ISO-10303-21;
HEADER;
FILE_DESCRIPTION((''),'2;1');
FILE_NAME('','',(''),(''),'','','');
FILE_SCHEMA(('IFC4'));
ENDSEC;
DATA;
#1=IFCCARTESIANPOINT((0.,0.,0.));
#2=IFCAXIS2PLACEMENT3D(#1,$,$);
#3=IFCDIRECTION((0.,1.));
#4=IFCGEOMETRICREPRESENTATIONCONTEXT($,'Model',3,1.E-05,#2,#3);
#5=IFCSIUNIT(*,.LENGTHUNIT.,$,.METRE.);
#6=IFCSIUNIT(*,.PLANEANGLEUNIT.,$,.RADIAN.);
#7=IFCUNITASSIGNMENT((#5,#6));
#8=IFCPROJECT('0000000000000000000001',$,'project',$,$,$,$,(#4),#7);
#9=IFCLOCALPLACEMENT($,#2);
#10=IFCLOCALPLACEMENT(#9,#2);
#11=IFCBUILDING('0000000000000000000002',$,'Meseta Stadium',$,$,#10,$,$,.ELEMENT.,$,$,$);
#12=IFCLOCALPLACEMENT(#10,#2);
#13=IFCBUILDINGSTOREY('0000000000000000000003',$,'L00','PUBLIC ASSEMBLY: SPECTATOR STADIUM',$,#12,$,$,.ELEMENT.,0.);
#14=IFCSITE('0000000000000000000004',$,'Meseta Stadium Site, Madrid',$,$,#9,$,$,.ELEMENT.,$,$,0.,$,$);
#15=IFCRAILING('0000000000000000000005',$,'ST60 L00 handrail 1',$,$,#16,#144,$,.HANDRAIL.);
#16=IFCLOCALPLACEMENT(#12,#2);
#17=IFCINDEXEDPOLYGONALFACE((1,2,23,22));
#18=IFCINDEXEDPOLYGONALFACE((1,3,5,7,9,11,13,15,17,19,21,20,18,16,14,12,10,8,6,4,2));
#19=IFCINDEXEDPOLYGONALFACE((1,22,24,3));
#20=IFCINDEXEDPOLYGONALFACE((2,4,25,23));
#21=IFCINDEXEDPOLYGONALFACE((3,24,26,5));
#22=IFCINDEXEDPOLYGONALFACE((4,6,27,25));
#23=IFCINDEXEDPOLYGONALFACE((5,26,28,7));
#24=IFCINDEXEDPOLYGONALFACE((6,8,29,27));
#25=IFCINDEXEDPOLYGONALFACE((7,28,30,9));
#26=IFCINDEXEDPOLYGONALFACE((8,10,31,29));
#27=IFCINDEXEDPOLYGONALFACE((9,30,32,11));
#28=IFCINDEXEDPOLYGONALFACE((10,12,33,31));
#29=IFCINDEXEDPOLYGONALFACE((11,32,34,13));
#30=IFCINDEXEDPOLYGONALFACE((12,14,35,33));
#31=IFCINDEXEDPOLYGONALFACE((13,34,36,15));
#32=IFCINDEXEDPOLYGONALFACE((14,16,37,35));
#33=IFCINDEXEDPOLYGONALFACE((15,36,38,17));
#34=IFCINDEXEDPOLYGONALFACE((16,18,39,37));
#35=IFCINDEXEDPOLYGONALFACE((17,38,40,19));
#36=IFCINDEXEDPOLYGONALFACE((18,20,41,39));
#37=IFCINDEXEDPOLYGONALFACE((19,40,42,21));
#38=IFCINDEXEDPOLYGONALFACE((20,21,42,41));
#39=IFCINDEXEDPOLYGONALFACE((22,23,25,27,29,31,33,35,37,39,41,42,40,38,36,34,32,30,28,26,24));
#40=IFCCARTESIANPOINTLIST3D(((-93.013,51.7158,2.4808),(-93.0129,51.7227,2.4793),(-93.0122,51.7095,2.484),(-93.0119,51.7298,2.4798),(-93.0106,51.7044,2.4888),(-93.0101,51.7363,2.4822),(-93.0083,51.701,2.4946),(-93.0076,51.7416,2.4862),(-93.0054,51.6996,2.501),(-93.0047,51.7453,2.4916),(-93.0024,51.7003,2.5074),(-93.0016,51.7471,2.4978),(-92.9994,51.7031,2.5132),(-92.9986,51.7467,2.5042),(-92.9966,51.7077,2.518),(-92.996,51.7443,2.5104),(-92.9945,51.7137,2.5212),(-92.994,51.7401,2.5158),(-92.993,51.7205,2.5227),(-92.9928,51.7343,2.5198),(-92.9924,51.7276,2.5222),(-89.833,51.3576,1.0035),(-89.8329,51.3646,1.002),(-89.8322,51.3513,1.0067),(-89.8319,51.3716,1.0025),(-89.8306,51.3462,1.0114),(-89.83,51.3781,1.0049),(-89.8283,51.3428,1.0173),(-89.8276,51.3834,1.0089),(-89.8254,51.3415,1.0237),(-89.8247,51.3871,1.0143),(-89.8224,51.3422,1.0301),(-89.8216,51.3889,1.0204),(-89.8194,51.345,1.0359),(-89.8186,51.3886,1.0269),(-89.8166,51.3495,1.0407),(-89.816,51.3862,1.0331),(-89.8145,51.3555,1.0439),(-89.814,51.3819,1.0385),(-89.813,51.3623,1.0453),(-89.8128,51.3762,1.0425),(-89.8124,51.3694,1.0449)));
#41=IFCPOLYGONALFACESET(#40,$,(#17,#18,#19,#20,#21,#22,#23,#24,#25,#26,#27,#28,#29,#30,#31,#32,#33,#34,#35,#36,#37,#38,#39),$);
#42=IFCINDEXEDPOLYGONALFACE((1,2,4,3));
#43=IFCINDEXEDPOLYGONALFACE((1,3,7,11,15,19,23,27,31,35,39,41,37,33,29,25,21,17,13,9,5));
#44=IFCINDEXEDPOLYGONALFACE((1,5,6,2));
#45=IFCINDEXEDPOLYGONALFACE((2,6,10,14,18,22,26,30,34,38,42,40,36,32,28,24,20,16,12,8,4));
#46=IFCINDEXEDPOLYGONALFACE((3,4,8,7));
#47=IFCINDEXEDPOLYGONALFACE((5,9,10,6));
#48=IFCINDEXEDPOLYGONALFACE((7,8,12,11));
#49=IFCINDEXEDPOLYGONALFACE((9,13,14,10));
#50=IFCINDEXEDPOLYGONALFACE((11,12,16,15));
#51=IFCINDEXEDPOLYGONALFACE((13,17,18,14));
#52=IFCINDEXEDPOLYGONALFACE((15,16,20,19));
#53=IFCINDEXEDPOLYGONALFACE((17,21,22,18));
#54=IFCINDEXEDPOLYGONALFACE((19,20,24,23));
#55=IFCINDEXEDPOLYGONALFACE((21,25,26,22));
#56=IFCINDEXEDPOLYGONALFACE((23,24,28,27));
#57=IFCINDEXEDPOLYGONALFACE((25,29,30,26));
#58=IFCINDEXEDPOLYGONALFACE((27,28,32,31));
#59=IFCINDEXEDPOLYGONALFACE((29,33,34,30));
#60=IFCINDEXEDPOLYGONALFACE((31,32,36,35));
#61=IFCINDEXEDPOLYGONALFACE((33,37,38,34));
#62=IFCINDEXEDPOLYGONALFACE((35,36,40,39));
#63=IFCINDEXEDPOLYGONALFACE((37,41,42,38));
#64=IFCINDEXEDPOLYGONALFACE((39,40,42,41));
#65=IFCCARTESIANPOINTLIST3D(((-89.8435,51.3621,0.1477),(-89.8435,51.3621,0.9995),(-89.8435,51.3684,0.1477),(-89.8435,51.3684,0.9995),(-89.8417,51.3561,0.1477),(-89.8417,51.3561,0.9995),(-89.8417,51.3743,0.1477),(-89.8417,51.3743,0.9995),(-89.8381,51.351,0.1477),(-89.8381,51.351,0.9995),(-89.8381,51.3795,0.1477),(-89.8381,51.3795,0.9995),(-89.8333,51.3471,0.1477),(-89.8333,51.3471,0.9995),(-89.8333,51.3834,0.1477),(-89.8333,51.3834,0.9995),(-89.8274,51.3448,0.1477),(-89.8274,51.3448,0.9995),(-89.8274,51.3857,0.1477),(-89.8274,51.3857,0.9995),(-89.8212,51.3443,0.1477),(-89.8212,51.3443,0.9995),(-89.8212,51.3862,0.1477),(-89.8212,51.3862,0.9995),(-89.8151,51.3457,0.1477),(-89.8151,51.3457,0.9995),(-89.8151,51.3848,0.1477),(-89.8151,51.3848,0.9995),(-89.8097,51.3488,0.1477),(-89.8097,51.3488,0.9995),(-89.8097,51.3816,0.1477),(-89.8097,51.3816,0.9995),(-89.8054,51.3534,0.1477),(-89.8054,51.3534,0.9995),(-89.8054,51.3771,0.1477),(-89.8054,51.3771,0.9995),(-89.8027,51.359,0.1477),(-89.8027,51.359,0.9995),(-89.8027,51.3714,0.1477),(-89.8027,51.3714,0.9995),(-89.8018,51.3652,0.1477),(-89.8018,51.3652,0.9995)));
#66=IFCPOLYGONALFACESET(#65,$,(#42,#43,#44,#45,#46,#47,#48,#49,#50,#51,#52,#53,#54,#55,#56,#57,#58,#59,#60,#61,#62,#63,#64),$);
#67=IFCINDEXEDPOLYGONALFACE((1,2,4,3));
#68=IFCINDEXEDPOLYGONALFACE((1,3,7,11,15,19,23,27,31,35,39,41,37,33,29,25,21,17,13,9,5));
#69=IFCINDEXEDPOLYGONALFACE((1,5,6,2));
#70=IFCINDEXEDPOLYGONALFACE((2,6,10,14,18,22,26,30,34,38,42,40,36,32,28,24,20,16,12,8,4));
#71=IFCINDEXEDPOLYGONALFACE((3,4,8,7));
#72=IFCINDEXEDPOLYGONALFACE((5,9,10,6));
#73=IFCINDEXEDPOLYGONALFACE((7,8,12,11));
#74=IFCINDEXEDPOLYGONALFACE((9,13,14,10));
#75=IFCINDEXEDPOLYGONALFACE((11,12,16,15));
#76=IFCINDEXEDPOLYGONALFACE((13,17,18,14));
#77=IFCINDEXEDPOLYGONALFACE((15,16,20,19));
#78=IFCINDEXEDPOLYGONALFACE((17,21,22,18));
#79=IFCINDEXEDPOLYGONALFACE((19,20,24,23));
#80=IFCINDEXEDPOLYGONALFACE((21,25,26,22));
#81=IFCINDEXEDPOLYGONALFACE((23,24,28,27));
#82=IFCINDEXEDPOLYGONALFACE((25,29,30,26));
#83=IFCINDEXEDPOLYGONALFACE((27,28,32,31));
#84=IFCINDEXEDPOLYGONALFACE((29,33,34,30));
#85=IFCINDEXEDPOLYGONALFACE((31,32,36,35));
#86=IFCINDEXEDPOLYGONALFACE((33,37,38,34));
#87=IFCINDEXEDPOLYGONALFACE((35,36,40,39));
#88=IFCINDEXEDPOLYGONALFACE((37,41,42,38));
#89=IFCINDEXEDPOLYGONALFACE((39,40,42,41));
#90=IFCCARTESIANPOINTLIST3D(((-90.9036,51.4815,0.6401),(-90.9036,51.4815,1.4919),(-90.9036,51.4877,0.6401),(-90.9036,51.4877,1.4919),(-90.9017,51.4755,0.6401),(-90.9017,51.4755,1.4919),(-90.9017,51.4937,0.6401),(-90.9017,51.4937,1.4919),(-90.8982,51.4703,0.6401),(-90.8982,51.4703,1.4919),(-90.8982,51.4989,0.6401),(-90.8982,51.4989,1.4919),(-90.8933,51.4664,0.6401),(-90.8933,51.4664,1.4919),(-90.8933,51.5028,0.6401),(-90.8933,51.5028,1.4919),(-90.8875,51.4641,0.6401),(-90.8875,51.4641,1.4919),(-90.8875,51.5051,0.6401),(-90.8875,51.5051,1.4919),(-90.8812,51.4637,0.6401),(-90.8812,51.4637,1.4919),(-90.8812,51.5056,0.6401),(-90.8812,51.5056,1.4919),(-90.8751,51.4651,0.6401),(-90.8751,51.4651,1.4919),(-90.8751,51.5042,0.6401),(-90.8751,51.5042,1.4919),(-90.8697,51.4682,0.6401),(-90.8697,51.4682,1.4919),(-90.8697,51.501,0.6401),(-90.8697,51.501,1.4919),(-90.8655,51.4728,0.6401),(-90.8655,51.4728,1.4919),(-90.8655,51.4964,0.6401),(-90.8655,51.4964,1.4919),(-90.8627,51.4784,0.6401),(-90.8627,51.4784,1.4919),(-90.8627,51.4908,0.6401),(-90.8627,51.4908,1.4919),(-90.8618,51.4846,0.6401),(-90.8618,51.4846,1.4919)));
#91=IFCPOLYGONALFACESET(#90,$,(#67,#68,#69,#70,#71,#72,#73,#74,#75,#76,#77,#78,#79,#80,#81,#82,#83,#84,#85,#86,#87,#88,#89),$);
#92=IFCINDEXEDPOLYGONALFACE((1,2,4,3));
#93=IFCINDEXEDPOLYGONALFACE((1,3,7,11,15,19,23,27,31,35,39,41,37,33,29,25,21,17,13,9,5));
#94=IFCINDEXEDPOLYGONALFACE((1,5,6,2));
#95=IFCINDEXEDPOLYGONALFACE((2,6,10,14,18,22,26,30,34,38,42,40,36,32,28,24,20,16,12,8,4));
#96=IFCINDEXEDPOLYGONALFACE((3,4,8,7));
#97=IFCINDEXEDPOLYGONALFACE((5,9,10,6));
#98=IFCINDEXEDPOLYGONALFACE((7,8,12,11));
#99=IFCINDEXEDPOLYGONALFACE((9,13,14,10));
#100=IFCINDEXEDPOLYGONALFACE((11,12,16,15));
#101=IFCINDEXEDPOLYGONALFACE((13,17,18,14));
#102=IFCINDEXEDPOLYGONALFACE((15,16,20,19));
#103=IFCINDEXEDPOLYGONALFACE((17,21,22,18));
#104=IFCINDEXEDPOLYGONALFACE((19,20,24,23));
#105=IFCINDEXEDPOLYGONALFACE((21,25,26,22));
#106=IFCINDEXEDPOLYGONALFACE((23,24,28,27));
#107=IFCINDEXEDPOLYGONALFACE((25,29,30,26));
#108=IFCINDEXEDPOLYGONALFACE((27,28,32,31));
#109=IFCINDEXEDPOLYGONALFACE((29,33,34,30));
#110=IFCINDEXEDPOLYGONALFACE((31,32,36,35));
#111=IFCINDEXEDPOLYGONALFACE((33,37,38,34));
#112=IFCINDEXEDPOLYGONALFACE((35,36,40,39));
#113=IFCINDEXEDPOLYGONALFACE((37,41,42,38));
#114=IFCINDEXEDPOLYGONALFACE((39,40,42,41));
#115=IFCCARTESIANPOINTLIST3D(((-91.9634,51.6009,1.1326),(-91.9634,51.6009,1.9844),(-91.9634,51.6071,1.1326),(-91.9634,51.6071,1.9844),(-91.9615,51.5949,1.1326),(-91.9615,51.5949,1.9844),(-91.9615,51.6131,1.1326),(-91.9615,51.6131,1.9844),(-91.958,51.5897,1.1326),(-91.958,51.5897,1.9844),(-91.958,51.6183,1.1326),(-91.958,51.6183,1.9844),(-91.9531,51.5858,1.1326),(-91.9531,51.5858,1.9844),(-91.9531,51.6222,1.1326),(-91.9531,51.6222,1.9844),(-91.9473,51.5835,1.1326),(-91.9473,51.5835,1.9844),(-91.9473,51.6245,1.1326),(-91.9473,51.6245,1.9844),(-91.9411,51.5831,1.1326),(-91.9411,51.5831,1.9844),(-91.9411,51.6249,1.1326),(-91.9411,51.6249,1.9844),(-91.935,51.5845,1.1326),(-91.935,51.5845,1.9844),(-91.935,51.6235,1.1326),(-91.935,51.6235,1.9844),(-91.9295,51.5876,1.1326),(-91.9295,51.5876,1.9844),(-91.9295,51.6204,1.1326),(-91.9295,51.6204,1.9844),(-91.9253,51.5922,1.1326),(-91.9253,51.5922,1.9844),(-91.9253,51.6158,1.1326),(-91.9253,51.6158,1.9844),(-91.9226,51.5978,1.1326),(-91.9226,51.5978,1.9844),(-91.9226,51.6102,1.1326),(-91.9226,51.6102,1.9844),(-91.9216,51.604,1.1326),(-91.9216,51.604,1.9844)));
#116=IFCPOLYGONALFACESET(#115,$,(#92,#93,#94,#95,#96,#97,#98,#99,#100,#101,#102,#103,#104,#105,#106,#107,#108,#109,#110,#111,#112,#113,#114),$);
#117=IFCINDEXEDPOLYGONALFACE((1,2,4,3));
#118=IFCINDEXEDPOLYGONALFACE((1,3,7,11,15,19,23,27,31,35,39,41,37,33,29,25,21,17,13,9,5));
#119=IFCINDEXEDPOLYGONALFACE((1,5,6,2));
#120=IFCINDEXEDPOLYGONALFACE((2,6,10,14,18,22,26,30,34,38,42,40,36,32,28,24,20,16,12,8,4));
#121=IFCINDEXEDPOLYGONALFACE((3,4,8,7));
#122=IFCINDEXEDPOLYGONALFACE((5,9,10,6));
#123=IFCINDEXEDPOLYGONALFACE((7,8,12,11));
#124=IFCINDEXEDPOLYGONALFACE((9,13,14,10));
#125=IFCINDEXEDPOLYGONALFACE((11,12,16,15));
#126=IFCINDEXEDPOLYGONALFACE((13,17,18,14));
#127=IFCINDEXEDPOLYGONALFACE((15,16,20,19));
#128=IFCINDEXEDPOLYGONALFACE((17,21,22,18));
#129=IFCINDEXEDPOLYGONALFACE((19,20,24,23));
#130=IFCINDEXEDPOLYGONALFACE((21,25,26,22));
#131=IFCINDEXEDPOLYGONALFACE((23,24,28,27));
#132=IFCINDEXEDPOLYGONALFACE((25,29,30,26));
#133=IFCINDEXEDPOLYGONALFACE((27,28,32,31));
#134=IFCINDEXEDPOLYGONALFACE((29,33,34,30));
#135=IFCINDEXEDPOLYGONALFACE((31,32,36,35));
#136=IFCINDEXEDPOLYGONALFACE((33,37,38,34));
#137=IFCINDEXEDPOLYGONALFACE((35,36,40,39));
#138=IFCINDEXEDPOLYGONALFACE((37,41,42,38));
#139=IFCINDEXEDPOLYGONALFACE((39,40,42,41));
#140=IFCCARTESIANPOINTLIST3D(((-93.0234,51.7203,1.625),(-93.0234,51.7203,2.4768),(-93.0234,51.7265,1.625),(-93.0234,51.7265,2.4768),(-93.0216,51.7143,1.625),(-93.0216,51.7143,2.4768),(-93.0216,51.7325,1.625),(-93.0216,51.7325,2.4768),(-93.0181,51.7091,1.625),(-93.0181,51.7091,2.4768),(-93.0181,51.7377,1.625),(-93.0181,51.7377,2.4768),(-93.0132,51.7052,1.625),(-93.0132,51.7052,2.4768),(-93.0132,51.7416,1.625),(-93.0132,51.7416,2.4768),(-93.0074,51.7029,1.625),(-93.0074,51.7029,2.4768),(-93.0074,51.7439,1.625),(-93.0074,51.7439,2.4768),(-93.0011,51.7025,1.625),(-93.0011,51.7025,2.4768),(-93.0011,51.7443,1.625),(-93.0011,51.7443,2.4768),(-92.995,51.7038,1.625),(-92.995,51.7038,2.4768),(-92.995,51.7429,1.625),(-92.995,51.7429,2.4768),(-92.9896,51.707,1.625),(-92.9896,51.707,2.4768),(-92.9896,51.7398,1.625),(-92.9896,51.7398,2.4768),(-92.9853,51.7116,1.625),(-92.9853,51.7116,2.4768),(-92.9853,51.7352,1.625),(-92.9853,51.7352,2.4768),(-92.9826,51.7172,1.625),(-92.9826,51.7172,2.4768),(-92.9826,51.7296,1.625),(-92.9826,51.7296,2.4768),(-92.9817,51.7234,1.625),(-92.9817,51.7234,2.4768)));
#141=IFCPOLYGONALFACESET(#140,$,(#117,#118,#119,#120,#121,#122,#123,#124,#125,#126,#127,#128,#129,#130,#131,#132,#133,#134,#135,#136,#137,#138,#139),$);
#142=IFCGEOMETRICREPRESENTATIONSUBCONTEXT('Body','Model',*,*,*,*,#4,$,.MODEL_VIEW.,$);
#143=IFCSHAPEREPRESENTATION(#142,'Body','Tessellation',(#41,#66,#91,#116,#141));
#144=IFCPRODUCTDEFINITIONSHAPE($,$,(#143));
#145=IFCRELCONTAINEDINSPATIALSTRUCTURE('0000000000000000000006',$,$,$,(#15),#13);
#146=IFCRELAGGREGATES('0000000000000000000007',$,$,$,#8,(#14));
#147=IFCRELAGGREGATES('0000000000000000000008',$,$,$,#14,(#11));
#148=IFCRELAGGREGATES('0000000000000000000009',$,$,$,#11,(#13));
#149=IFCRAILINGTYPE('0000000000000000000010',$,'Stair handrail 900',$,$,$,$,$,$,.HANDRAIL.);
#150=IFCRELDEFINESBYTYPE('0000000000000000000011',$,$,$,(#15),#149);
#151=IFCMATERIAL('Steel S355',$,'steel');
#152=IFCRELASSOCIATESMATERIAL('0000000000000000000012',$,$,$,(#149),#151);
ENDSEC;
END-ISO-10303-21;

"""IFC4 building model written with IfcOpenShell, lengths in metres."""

from ifc_helpers import new_model, si_unit, direction, frame, origin, origin_2d, place, context, subcontext, project, spatial, circle, extrude, material, type_object, element, save


model = new_model("IFC4")

# Units and contexts
model_context = context("Model", 3, precision=1e-05, world=origin(), true_north=direction((0.0, 1.0)))
body_context = subcontext(model_context, "Body", "Model", "MODEL_VIEW")
ifc_project = project(units=[si_unit("LENGTHUNIT", "METRE"), si_unit("PLANEANGLEUNIT", "RADIAN")], contexts=[model_context])

# Site, building, storey
site_placement = place(None, origin())
site = spatial("IfcSite", under=ifc_project, at=site_placement, Name="Meseta Stadium Site, Madrid", CompositionType="ELEMENT", RefElevation=0.0)
building_placement = place(site_placement, origin())
building = spatial("IfcBuilding", under=site, at=building_placement, Name="Meseta Stadium", CompositionType="ELEMENT")
storey_placement = place(building_placement, origin())
storey = spatial("IfcBuildingStorey", under=building, at=storey_placement, Name="L00", Description="PUBLIC ASSEMBLY: SPECTATOR STADIUM", CompositionType="ELEMENT", Elevation=0.0)

# Railing
ifc_material_1 = material(Name="Steel S355", Category="steel")
railing_type_1 = type_object("IfcRailingType", Name="Stair handrail 900", PredefinedType="HANDRAIL", material=ifc_material_1)
for number, where, name in (
    (1, (-89.8228, 51.3652, 0.1477), "ST60 L00 handrail 1"),
):
    element("IfcRailing", number, at=place(storey_placement, frame(where)), inside=storey, type_object=railing_type_1, Name=name, PredefinedType="HANDRAIL", context=body_context, shape_type="SweptSolid", body=[
        extrude(circle(Radius=0.0239, at=origin_2d()), frame((0.0, 0.0, 0.876), z_axis=(-0.902217, 0.101616, 0.419141), x_axis=(-0.111922, -0.993717, 0.0)), (0.0, 0.0, 1.0), 3.5247),
        extrude(circle(Radius=0.021, at=origin_2d()), origin(), (0.0, 0.0, 1.0), 0.8518),
        extrude(circle(Radius=0.021, at=origin_2d()), frame((-1.0601, 0.1194, 0.4924)), (0.0, 0.0, 1.0), 0.8518),
        extrude(circle(Radius=0.021, at=origin_2d()), frame((-2.1199, 0.2388, 0.9849)), (0.0, 0.0, 1.0), 0.8518),
        extrude(circle(Radius=0.021, at=origin_2d()), frame((-3.1799, 0.3582, 1.4773)), (0.0, 0.0, 1.0), 0.8518),
    ])

save(model, "model.ifc")
